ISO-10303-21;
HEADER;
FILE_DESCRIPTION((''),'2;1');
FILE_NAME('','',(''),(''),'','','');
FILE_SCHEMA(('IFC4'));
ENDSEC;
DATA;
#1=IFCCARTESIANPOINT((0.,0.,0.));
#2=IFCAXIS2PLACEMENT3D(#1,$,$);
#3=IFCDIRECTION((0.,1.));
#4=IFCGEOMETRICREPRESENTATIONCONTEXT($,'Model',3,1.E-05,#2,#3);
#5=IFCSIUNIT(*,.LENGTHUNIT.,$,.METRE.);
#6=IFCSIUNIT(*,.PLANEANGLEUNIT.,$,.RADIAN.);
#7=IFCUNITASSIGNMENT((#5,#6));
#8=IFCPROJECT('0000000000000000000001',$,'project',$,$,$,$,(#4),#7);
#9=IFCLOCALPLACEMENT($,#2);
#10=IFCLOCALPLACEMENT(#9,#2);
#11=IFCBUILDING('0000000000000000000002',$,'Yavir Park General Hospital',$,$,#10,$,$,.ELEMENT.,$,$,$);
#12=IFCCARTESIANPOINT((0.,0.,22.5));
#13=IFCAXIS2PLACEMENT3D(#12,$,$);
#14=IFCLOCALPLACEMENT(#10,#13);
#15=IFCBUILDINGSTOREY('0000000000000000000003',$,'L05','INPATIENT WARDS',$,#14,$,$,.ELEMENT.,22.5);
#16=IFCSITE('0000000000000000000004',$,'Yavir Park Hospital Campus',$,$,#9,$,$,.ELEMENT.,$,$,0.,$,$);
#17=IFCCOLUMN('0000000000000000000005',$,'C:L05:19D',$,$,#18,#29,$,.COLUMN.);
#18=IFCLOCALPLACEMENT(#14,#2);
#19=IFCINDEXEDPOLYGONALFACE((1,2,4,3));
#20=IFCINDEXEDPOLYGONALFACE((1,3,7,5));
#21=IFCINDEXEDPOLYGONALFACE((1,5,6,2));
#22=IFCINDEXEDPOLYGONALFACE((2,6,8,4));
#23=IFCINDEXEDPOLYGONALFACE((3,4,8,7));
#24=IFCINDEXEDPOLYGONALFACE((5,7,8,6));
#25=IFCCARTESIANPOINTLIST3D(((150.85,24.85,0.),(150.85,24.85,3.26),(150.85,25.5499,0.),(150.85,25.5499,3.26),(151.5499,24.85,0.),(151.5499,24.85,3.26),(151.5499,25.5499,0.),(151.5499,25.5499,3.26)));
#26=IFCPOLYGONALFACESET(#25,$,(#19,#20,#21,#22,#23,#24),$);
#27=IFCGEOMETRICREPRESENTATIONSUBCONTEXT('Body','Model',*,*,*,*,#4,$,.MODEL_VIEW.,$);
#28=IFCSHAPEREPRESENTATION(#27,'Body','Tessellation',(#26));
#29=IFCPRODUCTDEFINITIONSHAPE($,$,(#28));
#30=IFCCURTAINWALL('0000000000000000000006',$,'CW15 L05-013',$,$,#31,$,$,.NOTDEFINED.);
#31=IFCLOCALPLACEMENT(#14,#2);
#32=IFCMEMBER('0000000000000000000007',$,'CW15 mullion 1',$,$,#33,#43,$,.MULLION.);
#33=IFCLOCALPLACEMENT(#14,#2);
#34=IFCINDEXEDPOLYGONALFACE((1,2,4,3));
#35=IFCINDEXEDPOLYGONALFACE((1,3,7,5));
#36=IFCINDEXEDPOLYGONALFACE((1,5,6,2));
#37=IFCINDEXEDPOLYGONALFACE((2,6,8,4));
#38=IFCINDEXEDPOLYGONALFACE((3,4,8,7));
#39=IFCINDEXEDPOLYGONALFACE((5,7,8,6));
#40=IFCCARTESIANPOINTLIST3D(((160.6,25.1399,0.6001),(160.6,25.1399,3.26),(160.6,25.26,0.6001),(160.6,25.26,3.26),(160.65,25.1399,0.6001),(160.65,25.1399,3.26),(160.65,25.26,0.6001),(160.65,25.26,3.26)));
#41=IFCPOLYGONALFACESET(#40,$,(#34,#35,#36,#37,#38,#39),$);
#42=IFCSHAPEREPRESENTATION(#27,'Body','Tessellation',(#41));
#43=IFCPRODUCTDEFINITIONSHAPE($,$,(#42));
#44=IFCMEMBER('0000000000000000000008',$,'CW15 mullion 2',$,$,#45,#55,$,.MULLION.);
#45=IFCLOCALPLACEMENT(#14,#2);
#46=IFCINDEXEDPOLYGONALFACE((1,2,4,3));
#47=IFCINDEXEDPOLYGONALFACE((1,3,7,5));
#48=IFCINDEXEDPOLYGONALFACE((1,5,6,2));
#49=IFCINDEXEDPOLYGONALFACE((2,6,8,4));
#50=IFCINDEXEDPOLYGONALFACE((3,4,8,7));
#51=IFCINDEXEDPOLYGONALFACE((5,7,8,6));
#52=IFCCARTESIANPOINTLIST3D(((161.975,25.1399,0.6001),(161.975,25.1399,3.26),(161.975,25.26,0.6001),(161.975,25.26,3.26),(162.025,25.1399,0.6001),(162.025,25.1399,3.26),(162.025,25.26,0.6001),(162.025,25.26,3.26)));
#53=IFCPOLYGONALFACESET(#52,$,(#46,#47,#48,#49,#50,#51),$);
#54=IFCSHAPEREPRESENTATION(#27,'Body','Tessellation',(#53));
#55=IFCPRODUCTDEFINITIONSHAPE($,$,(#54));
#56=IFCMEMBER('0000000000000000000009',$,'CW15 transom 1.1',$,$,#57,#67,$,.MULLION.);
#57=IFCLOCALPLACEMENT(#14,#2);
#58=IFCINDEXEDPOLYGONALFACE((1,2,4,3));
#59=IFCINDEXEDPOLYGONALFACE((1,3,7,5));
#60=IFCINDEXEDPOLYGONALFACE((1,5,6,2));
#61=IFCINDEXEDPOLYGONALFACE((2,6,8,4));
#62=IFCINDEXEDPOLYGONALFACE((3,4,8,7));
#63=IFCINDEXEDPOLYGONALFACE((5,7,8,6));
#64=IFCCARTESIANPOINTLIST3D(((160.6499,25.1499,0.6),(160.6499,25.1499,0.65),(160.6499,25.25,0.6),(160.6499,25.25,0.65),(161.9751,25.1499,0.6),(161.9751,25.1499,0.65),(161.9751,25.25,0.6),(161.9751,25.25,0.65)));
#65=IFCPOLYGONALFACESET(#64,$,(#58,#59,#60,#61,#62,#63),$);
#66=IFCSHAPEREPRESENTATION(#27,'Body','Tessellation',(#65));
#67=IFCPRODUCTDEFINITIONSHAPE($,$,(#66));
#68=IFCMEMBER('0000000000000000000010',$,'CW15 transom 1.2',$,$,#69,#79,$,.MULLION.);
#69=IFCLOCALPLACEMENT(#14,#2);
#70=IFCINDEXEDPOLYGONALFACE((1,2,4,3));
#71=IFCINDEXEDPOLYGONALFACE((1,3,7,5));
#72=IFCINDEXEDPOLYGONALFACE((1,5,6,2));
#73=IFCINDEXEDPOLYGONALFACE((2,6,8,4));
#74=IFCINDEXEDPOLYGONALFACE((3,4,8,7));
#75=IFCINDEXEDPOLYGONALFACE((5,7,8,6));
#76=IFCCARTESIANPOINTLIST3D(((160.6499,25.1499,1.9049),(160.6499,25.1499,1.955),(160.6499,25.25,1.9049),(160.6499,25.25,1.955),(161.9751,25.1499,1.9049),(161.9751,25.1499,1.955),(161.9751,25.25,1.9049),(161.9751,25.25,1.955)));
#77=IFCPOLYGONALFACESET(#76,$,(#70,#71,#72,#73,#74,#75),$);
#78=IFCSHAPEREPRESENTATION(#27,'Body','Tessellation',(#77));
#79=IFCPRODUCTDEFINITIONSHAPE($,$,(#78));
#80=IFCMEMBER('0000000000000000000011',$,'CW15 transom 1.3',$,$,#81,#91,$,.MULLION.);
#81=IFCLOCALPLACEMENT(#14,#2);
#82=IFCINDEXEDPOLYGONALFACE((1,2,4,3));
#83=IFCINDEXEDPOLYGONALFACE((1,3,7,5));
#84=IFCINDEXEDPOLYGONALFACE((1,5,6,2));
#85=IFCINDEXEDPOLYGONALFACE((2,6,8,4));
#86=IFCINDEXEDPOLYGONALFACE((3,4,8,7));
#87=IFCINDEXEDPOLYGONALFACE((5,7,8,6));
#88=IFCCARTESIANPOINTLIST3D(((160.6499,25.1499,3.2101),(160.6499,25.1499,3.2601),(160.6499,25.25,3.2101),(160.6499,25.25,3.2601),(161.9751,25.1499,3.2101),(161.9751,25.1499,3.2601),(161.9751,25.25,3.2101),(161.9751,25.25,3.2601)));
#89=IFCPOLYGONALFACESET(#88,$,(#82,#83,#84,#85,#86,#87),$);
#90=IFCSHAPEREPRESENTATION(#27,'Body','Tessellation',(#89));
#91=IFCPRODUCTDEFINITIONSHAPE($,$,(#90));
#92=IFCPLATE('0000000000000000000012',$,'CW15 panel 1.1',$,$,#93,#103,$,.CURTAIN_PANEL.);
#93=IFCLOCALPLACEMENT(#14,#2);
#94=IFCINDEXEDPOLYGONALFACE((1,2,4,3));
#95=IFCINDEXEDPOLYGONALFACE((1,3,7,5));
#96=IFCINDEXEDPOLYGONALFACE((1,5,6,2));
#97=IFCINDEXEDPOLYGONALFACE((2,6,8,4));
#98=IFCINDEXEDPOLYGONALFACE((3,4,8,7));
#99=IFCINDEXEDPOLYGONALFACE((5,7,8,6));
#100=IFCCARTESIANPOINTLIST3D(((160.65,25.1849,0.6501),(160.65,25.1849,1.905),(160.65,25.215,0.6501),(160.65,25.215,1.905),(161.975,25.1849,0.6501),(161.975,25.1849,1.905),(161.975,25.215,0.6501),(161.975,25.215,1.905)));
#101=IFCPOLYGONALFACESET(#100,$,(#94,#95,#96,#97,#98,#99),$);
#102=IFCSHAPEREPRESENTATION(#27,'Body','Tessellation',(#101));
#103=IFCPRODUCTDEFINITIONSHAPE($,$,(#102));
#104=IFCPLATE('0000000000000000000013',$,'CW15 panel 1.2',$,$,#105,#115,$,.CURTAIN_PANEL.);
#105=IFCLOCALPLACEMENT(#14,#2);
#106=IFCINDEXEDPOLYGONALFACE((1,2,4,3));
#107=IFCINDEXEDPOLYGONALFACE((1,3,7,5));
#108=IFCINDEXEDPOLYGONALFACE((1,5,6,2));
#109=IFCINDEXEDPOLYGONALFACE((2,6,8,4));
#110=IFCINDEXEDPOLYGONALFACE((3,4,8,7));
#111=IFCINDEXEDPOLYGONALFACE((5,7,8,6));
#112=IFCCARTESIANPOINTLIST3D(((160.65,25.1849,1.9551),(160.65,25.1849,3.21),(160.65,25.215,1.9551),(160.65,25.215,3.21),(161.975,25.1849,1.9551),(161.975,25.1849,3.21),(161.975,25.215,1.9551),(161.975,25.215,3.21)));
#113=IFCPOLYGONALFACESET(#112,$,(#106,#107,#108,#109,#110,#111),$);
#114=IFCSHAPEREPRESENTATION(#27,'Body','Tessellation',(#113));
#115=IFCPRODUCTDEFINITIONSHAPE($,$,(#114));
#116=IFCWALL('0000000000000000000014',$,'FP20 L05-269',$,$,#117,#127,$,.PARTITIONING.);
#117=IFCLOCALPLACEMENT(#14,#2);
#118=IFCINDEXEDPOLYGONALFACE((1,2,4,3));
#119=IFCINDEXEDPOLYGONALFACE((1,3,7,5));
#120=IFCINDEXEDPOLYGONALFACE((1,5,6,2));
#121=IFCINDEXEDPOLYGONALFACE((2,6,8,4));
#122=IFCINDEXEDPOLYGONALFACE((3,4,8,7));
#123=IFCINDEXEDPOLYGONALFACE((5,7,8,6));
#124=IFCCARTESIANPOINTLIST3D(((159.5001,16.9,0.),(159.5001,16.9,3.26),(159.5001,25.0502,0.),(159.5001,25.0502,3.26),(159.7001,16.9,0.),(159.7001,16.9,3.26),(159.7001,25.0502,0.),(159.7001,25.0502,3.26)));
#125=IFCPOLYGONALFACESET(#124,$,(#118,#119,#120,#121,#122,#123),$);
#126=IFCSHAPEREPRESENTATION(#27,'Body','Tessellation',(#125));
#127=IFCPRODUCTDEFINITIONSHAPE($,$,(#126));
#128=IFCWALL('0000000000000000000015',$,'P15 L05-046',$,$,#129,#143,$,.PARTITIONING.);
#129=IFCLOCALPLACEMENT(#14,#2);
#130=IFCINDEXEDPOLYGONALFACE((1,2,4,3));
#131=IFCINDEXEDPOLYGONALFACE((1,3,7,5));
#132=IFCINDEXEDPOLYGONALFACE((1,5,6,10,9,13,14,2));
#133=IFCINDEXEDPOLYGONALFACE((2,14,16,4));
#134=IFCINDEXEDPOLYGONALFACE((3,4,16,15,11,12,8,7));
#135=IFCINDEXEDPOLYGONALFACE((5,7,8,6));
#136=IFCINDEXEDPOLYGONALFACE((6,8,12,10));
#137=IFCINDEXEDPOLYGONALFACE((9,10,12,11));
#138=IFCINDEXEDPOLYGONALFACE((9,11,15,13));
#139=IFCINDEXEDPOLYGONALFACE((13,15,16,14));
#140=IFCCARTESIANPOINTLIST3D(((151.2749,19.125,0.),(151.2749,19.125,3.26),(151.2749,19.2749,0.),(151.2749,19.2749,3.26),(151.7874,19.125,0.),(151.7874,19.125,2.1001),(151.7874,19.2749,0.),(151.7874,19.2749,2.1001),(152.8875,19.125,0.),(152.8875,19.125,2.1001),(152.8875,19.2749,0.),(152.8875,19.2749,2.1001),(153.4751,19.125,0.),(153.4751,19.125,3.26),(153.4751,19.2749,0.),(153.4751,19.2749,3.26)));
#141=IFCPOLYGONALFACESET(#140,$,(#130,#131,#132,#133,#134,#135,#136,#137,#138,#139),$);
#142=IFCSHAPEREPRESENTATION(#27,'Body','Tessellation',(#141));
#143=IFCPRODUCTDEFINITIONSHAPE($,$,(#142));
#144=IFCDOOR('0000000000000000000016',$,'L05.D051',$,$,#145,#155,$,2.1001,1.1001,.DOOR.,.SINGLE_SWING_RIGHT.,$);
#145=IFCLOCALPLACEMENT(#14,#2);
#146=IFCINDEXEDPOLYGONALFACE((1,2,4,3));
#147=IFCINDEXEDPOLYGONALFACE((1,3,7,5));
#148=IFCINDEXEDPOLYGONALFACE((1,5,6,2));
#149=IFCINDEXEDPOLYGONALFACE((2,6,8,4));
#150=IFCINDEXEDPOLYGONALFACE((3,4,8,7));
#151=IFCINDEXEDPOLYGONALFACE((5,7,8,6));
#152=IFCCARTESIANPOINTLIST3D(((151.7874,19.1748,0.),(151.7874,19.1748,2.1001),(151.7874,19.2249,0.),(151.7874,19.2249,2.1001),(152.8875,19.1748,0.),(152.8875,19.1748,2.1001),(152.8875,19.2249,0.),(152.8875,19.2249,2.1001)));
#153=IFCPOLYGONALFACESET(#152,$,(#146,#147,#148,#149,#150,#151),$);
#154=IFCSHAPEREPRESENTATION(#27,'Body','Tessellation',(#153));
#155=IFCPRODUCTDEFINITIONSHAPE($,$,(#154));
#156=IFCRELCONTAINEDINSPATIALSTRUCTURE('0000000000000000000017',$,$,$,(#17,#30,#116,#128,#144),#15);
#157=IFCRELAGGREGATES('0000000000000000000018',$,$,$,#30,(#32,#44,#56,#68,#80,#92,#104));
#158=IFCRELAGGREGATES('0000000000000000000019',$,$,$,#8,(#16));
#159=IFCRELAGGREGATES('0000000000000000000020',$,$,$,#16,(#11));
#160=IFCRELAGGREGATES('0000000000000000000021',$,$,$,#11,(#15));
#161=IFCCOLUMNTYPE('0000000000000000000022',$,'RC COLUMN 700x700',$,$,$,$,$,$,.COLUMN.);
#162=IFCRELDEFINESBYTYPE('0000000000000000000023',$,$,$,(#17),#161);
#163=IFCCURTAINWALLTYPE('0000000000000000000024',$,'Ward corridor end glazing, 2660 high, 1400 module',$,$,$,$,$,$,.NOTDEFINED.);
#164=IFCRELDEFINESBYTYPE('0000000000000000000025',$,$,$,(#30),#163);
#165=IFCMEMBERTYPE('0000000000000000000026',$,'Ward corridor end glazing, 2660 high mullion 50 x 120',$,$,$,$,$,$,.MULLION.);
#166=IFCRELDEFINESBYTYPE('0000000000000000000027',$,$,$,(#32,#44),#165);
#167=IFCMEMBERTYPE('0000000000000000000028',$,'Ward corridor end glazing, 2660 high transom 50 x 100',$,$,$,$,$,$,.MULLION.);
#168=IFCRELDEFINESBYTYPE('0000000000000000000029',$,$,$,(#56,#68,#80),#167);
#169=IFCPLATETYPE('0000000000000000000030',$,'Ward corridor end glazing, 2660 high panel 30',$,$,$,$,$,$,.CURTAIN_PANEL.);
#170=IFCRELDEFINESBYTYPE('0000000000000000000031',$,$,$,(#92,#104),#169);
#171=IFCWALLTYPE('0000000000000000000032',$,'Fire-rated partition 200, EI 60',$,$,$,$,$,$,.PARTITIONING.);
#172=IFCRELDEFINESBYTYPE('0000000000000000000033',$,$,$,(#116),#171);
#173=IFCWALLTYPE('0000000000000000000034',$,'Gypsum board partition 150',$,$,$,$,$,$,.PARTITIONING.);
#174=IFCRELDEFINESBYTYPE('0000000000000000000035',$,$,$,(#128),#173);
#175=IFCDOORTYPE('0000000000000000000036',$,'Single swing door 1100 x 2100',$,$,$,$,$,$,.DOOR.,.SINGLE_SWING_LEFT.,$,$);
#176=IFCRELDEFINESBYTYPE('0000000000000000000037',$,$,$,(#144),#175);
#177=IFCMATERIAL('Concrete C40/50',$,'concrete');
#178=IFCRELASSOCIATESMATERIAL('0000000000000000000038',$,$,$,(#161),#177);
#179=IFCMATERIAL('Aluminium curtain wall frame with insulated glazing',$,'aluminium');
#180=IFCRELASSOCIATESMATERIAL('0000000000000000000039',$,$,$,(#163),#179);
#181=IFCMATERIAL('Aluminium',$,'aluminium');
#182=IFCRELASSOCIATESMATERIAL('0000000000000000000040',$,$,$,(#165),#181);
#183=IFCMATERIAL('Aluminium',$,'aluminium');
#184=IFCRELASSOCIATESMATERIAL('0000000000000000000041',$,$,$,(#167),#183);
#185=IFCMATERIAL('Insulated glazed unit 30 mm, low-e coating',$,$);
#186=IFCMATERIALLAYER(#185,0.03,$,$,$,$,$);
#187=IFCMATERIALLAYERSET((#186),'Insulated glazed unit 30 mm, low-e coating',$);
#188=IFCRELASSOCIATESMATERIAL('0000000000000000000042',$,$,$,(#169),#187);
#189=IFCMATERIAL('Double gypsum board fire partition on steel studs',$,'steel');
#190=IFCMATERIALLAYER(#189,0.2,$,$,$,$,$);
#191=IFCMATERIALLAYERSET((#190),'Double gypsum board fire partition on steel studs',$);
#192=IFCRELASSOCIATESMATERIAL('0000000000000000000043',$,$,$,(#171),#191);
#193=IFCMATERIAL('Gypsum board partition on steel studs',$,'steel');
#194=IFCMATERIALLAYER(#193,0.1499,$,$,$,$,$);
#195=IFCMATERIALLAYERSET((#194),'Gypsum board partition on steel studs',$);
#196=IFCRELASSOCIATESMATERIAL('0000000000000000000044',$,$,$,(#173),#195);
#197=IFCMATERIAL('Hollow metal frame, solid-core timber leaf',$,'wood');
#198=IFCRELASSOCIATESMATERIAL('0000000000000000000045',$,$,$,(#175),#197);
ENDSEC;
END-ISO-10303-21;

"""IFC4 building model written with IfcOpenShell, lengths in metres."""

from ifc_helpers import new_model, si_unit, direction, frame, frame_2d, origin, origin_2d, place, context, subcontext, project, spatial, rectangle, extrude, material, layer, layer_set, material_profile, profile_set, type_object, element, fill, aggregate, save


model = new_model("IFC4")

# Units and contexts
model_context = context("Model", 3, precision=1e-05, world=origin(), true_north=direction((0.0, 1.0)))
body_context = subcontext(model_context, "Body", "Model", "MODEL_VIEW")
ifc_project = project(units=[si_unit("LENGTHUNIT", "METRE"), si_unit("PLANEANGLEUNIT", "RADIAN")], contexts=[model_context])

# Site, building, storey
site_placement = place(None, origin())
site = spatial("IfcSite", under=ifc_project, at=site_placement, Name="Yavir Park Hospital Campus", CompositionType="ELEMENT", RefElevation=0.0)
building_placement = place(site_placement, origin())
building = spatial("IfcBuilding", under=site, at=building_placement, Name="Yavir Park General Hospital", CompositionType="ELEMENT")
storey_placement = place(building_placement, frame((0.0, 0.0, 22.5)))
storey = spatial("IfcBuildingStorey", under=building, at=storey_placement, Name="L05", Description="INPATIENT WARDS", CompositionType="ELEMENT", Elevation=22.5)

# Column
ifc_material_1 = material(Name="Concrete C40/50", Category="concrete")
ifc_material_profile_1 = material_profile(ifc_material_1, rectangle(XDim=0.7, YDim=0.7, at=origin_2d()), Name="RC700x700")
ifc_profile_set_1 = profile_set([ifc_material_profile_1], Name="Concrete C40/50")
column_type = type_object("IfcColumnType", Name="RC COLUMN 700x700", PredefinedType="COLUMN", material=ifc_profile_set_1)
column_placement = place(storey_placement, frame((151.2, 25.2, 0.0), z_axis=(0.0, 0.0, 1.0), x_axis=(1.0, 0.0, 0.0)))
element("IfcColumn", 1, at=column_placement, inside=storey, type_object=column_type, Name="C:L05:19D", PredefinedType="COLUMN", context=body_context, shape_type="SweptSolid", body=[
    extrude(rectangle(XDim=0.7, YDim=0.7, at=origin_2d()), origin(), (0.0, 0.0, 1.0), 3.26),
])

# Curtain wall, members, plates
ifc_material_2 = material(Name="Aluminium curtain wall frame with insulated glazing", Category="aluminium")
curtain_wall_type = type_object("IfcCurtainWallType", Name="Ward corridor end glazing, 2660 high, 1400 module", PredefinedType="NOTDEFINED", material=ifc_material_2)
curtain_wall_placement = place(storey_placement, origin())
curtain_wall = element("IfcCurtainWall", 2, at=curtain_wall_placement, inside=storey, type_object=curtain_wall_type, Name="CW15 L05-013", PredefinedType="NOTDEFINED")
ifc_material_3 = material(Name="Aluminium", Category="aluminium")
ifc_material_profile_2 = material_profile(ifc_material_3, rectangle(XDim=0.1201, YDim=0.05, at=origin_2d()), Name="AL 50x120")
ifc_profile_set_2 = profile_set([ifc_material_profile_2], Name="Aluminium")
member_type_1 = type_object("IfcMemberType", Name="Ward corridor end glazing, 2660 high mullion 50 x 120", PredefinedType="MULLION", material=ifc_profile_set_2)
member_1_placement = place(storey_placement, frame((160.625, 25.2, 0.6001), z_axis=(0.0, 0.0, 1.0), x_axis=(0.0, 1.0, 0.0)))
member_1 = element("IfcMember", 3, at=member_1_placement, type_object=member_type_1, Name="CW15 mullion 1", PredefinedType="MULLION", context=body_context, shape_type="SweptSolid", body=[
    extrude(rectangle(XDim=0.1201, YDim=0.05, at=origin_2d()), origin(), (0.0, 0.0, 1.0), 2.6599),
])
member_2_placement = place(storey_placement, frame((162.0, 25.2, 0.6001), z_axis=(0.0, 0.0, 1.0), x_axis=(0.0, 1.0, 0.0)))
member_2 = element("IfcMember", 4, at=member_2_placement, type_object=member_type_1, Name="CW15 mullion 2", PredefinedType="MULLION", context=body_context, shape_type="SweptSolid", body=[
    extrude(rectangle(XDim=0.1201, YDim=0.05, at=origin_2d()), origin(), (0.0, 0.0, 1.0), 2.6599),
])
ifc_material_4 = material(Name="Aluminium", Category="aluminium")
ifc_material_profile_3 = material_profile(ifc_material_4, rectangle(XDim=0.1001, YDim=0.05, at=origin_2d()), Name="AL 100x50")
ifc_profile_set_3 = profile_set([ifc_material_profile_3], Name="Aluminium")
member_type_2 = type_object("IfcMemberType", Name="Ward corridor end glazing, 2660 high transom 50 x 100", PredefinedType="MULLION", material=ifc_profile_set_3)
member_3_placement = place(storey_placement, frame((160.6499, 25.2, 0.625), z_axis=(1.0, 0.0, 0.0), x_axis=(0.0, 1.0, 0.0)))
member_3 = element("IfcMember", 5, at=member_3_placement, type_object=member_type_2, Name="CW15 transom 1.1", PredefinedType="MULLION", context=body_context, shape_type="SweptSolid", body=[
    extrude(rectangle(XDim=0.1001, YDim=0.05, at=origin_2d()), origin(), (0.0, 0.0, 1.0), 1.3252),
])
member_4_placement = place(storey_placement, frame((160.6499, 25.2, 1.9299), z_axis=(1.0, 0.0, 0.0), x_axis=(0.0, 1.0, 0.0)))
member_4 = element("IfcMember", 6, at=member_4_placement, type_object=member_type_2, Name="CW15 transom 1.2", PredefinedType="MULLION", context=body_context, shape_type="SweptSolid", body=[
    extrude(rectangle(XDim=0.1001, YDim=0.05, at=origin_2d()), origin(), (0.0, 0.0, 1.0), 1.3252),
])
member_5_placement = place(storey_placement, frame((160.6499, 25.2, 3.2351), z_axis=(1.0, 0.0, 0.0), x_axis=(0.0, 1.0, 0.0)))
member_5 = element("IfcMember", 7, at=member_5_placement, type_object=member_type_2, Name="CW15 transom 1.3", PredefinedType="MULLION", context=body_context, shape_type="SweptSolid", body=[
    extrude(rectangle(XDim=0.1001, YDim=0.05, at=origin_2d()), origin(), (0.0, 0.0, 1.0), 1.3252),
])
ifc_material_5 = material(Name="Insulated glazed unit 30 mm, low-e coating")
ifc_layer_1 = layer(ifc_material_5, 0.03)
ifc_layer_set_1 = layer_set([ifc_layer_1], Name="Insulated glazed unit 30 mm, low-e coating")
plate_type = type_object("IfcPlateType", Name="Ward corridor end glazing, 2660 high panel 30", PredefinedType="CURTAIN_PANEL", material=ifc_layer_set_1)
plate_1_placement = place(storey_placement, frame((161.3125, 25.2, 0.6501), z_axis=(0.0, 0.0, 1.0), x_axis=(1.0, 0.0, 0.0)))
plate_1 = element("IfcPlate", 8, at=plate_1_placement, type_object=plate_type, Name="CW15 panel 1.1", PredefinedType="CURTAIN_PANEL", context=body_context, shape_type="SweptSolid", body=[
    extrude(rectangle(XDim=1.325, YDim=0.03, at=origin_2d()), origin(), (0.0, 0.0, 1.0), 1.2549),
])
plate_2_placement = place(storey_placement, frame((161.3125, 25.2, 1.9551), z_axis=(0.0, 0.0, 1.0), x_axis=(1.0, 0.0, 0.0)))
plate_2 = element("IfcPlate", 9, at=plate_2_placement, type_object=plate_type, Name="CW15 panel 1.2", PredefinedType="CURTAIN_PANEL", context=body_context, shape_type="SweptSolid", body=[
    extrude(rectangle(XDim=1.325, YDim=0.03, at=origin_2d()), origin(), (0.0, 0.0, 1.0), 1.2549),
])
aggregate(curtain_wall, [member_1, member_2, member_3, member_4, member_5, plate_1, plate_2])

# Wall
ifc_material_6 = material(Name="Double gypsum board fire partition on steel studs", Category="steel")
ifc_layer_2 = layer(ifc_material_6, 0.2)
ifc_layer_set_2 = layer_set([ifc_layer_2], Name="Double gypsum board fire partition on steel studs")
wall_type_1 = type_object("IfcWallType", Name="Fire-rated partition 200, EI 60", PredefinedType="PARTITIONING", material=ifc_layer_set_2)
wall_1_placement = place(storey_placement, frame((159.6001, 16.8999, 0.0), z_axis=(0.0, 0.0, 1.0), x_axis=(0.0, 1.0, 0.0)))
element("IfcWall", 10, at=wall_1_placement, inside=storey, type_object=wall_type_1, Name="FP20 L05-269", PredefinedType="PARTITIONING", context=body_context, shape_type="SweptSolid", body=[
    extrude(rectangle(XDim=8.1501, YDim=0.2, at=frame_2d((4.0752, 0.0))), origin(), (0.0, 0.0, 1.0), 3.26),
])

# Wall, opening, door
ifc_material_7 = material(Name="Gypsum board partition on steel studs", Category="steel")
ifc_layer_3 = layer(ifc_material_7, 0.1499)
ifc_layer_set_3 = layer_set([ifc_layer_3], Name="Gypsum board partition on steel studs")
wall_type_2 = type_object("IfcWallType", Name="Gypsum board partition 150", PredefinedType="PARTITIONING", material=ifc_layer_set_3)
wall_2_placement = place(storey_placement, frame((151.2749, 19.2, 0.0), z_axis=(0.0, 0.0, 1.0), x_axis=(1.0, 0.0, 0.0)))
wall_2 = element("IfcWall", 11, at=wall_2_placement, inside=storey, type_object=wall_type_2, Name="P15 L05-046", PredefinedType="PARTITIONING", context=body_context, shape_type="SweptSolid", body=[
    extrude(rectangle(XDim=2.2002, YDim=0.1499, at=frame_2d((1.1001, 0.0))), origin(), (0.0, 0.0, 1.0), 3.26),
])
opening_1_placement = place(wall_2_placement, frame((0.5125, 0.0, 0.0)))
opening_1 = element("IfcOpeningElement", 12, at=opening_1_placement, cuts=wall_2, PredefinedType="OPENING", context=body_context, shape_type="SweptSolid", body=[
    extrude(rectangle(XDim=1.1001, YDim=2.1001, at=frame_2d((0.55, 1.05))), frame((0.0, 0.085, 0.0), z_axis=(0.0, -1.0, 0.0), x_axis=(1.0, 0.0, 0.0)), (0.0, 0.0, 1.0), 0.1699),
])
ifc_material_8 = material(Name="Hollow metal frame, solid-core timber leaf", Category="wood")
door_type = type_object("IfcDoorType", Name="Single swing door 1100 x 2100", OperationType="SINGLE_SWING_LEFT", PredefinedType="DOOR", material=ifc_material_8)
door_1_placement = place(opening_1_placement, origin())
door_1 = element("IfcDoor", 13, at=door_1_placement, inside=storey, type_object=door_type, Name="L05.D051", OperationType="SINGLE_SWING_RIGHT", OverallHeight=2.1001, OverallWidth=1.1001, PredefinedType="DOOR", context=body_context, shape_type="SweptSolid", body=[
    extrude(rectangle(XDim=1.1001, YDim=2.1001, at=frame_2d((0.55, 1.05))), frame((0.0, 0.0249, 0.0), z_axis=(0.0, -1.0, 0.0), x_axis=(1.0, 0.0, 0.0)), (0.0, 0.0, 1.0), 0.05),
])
fill(opening_1, door_1)

save(model, "model.ifc")
